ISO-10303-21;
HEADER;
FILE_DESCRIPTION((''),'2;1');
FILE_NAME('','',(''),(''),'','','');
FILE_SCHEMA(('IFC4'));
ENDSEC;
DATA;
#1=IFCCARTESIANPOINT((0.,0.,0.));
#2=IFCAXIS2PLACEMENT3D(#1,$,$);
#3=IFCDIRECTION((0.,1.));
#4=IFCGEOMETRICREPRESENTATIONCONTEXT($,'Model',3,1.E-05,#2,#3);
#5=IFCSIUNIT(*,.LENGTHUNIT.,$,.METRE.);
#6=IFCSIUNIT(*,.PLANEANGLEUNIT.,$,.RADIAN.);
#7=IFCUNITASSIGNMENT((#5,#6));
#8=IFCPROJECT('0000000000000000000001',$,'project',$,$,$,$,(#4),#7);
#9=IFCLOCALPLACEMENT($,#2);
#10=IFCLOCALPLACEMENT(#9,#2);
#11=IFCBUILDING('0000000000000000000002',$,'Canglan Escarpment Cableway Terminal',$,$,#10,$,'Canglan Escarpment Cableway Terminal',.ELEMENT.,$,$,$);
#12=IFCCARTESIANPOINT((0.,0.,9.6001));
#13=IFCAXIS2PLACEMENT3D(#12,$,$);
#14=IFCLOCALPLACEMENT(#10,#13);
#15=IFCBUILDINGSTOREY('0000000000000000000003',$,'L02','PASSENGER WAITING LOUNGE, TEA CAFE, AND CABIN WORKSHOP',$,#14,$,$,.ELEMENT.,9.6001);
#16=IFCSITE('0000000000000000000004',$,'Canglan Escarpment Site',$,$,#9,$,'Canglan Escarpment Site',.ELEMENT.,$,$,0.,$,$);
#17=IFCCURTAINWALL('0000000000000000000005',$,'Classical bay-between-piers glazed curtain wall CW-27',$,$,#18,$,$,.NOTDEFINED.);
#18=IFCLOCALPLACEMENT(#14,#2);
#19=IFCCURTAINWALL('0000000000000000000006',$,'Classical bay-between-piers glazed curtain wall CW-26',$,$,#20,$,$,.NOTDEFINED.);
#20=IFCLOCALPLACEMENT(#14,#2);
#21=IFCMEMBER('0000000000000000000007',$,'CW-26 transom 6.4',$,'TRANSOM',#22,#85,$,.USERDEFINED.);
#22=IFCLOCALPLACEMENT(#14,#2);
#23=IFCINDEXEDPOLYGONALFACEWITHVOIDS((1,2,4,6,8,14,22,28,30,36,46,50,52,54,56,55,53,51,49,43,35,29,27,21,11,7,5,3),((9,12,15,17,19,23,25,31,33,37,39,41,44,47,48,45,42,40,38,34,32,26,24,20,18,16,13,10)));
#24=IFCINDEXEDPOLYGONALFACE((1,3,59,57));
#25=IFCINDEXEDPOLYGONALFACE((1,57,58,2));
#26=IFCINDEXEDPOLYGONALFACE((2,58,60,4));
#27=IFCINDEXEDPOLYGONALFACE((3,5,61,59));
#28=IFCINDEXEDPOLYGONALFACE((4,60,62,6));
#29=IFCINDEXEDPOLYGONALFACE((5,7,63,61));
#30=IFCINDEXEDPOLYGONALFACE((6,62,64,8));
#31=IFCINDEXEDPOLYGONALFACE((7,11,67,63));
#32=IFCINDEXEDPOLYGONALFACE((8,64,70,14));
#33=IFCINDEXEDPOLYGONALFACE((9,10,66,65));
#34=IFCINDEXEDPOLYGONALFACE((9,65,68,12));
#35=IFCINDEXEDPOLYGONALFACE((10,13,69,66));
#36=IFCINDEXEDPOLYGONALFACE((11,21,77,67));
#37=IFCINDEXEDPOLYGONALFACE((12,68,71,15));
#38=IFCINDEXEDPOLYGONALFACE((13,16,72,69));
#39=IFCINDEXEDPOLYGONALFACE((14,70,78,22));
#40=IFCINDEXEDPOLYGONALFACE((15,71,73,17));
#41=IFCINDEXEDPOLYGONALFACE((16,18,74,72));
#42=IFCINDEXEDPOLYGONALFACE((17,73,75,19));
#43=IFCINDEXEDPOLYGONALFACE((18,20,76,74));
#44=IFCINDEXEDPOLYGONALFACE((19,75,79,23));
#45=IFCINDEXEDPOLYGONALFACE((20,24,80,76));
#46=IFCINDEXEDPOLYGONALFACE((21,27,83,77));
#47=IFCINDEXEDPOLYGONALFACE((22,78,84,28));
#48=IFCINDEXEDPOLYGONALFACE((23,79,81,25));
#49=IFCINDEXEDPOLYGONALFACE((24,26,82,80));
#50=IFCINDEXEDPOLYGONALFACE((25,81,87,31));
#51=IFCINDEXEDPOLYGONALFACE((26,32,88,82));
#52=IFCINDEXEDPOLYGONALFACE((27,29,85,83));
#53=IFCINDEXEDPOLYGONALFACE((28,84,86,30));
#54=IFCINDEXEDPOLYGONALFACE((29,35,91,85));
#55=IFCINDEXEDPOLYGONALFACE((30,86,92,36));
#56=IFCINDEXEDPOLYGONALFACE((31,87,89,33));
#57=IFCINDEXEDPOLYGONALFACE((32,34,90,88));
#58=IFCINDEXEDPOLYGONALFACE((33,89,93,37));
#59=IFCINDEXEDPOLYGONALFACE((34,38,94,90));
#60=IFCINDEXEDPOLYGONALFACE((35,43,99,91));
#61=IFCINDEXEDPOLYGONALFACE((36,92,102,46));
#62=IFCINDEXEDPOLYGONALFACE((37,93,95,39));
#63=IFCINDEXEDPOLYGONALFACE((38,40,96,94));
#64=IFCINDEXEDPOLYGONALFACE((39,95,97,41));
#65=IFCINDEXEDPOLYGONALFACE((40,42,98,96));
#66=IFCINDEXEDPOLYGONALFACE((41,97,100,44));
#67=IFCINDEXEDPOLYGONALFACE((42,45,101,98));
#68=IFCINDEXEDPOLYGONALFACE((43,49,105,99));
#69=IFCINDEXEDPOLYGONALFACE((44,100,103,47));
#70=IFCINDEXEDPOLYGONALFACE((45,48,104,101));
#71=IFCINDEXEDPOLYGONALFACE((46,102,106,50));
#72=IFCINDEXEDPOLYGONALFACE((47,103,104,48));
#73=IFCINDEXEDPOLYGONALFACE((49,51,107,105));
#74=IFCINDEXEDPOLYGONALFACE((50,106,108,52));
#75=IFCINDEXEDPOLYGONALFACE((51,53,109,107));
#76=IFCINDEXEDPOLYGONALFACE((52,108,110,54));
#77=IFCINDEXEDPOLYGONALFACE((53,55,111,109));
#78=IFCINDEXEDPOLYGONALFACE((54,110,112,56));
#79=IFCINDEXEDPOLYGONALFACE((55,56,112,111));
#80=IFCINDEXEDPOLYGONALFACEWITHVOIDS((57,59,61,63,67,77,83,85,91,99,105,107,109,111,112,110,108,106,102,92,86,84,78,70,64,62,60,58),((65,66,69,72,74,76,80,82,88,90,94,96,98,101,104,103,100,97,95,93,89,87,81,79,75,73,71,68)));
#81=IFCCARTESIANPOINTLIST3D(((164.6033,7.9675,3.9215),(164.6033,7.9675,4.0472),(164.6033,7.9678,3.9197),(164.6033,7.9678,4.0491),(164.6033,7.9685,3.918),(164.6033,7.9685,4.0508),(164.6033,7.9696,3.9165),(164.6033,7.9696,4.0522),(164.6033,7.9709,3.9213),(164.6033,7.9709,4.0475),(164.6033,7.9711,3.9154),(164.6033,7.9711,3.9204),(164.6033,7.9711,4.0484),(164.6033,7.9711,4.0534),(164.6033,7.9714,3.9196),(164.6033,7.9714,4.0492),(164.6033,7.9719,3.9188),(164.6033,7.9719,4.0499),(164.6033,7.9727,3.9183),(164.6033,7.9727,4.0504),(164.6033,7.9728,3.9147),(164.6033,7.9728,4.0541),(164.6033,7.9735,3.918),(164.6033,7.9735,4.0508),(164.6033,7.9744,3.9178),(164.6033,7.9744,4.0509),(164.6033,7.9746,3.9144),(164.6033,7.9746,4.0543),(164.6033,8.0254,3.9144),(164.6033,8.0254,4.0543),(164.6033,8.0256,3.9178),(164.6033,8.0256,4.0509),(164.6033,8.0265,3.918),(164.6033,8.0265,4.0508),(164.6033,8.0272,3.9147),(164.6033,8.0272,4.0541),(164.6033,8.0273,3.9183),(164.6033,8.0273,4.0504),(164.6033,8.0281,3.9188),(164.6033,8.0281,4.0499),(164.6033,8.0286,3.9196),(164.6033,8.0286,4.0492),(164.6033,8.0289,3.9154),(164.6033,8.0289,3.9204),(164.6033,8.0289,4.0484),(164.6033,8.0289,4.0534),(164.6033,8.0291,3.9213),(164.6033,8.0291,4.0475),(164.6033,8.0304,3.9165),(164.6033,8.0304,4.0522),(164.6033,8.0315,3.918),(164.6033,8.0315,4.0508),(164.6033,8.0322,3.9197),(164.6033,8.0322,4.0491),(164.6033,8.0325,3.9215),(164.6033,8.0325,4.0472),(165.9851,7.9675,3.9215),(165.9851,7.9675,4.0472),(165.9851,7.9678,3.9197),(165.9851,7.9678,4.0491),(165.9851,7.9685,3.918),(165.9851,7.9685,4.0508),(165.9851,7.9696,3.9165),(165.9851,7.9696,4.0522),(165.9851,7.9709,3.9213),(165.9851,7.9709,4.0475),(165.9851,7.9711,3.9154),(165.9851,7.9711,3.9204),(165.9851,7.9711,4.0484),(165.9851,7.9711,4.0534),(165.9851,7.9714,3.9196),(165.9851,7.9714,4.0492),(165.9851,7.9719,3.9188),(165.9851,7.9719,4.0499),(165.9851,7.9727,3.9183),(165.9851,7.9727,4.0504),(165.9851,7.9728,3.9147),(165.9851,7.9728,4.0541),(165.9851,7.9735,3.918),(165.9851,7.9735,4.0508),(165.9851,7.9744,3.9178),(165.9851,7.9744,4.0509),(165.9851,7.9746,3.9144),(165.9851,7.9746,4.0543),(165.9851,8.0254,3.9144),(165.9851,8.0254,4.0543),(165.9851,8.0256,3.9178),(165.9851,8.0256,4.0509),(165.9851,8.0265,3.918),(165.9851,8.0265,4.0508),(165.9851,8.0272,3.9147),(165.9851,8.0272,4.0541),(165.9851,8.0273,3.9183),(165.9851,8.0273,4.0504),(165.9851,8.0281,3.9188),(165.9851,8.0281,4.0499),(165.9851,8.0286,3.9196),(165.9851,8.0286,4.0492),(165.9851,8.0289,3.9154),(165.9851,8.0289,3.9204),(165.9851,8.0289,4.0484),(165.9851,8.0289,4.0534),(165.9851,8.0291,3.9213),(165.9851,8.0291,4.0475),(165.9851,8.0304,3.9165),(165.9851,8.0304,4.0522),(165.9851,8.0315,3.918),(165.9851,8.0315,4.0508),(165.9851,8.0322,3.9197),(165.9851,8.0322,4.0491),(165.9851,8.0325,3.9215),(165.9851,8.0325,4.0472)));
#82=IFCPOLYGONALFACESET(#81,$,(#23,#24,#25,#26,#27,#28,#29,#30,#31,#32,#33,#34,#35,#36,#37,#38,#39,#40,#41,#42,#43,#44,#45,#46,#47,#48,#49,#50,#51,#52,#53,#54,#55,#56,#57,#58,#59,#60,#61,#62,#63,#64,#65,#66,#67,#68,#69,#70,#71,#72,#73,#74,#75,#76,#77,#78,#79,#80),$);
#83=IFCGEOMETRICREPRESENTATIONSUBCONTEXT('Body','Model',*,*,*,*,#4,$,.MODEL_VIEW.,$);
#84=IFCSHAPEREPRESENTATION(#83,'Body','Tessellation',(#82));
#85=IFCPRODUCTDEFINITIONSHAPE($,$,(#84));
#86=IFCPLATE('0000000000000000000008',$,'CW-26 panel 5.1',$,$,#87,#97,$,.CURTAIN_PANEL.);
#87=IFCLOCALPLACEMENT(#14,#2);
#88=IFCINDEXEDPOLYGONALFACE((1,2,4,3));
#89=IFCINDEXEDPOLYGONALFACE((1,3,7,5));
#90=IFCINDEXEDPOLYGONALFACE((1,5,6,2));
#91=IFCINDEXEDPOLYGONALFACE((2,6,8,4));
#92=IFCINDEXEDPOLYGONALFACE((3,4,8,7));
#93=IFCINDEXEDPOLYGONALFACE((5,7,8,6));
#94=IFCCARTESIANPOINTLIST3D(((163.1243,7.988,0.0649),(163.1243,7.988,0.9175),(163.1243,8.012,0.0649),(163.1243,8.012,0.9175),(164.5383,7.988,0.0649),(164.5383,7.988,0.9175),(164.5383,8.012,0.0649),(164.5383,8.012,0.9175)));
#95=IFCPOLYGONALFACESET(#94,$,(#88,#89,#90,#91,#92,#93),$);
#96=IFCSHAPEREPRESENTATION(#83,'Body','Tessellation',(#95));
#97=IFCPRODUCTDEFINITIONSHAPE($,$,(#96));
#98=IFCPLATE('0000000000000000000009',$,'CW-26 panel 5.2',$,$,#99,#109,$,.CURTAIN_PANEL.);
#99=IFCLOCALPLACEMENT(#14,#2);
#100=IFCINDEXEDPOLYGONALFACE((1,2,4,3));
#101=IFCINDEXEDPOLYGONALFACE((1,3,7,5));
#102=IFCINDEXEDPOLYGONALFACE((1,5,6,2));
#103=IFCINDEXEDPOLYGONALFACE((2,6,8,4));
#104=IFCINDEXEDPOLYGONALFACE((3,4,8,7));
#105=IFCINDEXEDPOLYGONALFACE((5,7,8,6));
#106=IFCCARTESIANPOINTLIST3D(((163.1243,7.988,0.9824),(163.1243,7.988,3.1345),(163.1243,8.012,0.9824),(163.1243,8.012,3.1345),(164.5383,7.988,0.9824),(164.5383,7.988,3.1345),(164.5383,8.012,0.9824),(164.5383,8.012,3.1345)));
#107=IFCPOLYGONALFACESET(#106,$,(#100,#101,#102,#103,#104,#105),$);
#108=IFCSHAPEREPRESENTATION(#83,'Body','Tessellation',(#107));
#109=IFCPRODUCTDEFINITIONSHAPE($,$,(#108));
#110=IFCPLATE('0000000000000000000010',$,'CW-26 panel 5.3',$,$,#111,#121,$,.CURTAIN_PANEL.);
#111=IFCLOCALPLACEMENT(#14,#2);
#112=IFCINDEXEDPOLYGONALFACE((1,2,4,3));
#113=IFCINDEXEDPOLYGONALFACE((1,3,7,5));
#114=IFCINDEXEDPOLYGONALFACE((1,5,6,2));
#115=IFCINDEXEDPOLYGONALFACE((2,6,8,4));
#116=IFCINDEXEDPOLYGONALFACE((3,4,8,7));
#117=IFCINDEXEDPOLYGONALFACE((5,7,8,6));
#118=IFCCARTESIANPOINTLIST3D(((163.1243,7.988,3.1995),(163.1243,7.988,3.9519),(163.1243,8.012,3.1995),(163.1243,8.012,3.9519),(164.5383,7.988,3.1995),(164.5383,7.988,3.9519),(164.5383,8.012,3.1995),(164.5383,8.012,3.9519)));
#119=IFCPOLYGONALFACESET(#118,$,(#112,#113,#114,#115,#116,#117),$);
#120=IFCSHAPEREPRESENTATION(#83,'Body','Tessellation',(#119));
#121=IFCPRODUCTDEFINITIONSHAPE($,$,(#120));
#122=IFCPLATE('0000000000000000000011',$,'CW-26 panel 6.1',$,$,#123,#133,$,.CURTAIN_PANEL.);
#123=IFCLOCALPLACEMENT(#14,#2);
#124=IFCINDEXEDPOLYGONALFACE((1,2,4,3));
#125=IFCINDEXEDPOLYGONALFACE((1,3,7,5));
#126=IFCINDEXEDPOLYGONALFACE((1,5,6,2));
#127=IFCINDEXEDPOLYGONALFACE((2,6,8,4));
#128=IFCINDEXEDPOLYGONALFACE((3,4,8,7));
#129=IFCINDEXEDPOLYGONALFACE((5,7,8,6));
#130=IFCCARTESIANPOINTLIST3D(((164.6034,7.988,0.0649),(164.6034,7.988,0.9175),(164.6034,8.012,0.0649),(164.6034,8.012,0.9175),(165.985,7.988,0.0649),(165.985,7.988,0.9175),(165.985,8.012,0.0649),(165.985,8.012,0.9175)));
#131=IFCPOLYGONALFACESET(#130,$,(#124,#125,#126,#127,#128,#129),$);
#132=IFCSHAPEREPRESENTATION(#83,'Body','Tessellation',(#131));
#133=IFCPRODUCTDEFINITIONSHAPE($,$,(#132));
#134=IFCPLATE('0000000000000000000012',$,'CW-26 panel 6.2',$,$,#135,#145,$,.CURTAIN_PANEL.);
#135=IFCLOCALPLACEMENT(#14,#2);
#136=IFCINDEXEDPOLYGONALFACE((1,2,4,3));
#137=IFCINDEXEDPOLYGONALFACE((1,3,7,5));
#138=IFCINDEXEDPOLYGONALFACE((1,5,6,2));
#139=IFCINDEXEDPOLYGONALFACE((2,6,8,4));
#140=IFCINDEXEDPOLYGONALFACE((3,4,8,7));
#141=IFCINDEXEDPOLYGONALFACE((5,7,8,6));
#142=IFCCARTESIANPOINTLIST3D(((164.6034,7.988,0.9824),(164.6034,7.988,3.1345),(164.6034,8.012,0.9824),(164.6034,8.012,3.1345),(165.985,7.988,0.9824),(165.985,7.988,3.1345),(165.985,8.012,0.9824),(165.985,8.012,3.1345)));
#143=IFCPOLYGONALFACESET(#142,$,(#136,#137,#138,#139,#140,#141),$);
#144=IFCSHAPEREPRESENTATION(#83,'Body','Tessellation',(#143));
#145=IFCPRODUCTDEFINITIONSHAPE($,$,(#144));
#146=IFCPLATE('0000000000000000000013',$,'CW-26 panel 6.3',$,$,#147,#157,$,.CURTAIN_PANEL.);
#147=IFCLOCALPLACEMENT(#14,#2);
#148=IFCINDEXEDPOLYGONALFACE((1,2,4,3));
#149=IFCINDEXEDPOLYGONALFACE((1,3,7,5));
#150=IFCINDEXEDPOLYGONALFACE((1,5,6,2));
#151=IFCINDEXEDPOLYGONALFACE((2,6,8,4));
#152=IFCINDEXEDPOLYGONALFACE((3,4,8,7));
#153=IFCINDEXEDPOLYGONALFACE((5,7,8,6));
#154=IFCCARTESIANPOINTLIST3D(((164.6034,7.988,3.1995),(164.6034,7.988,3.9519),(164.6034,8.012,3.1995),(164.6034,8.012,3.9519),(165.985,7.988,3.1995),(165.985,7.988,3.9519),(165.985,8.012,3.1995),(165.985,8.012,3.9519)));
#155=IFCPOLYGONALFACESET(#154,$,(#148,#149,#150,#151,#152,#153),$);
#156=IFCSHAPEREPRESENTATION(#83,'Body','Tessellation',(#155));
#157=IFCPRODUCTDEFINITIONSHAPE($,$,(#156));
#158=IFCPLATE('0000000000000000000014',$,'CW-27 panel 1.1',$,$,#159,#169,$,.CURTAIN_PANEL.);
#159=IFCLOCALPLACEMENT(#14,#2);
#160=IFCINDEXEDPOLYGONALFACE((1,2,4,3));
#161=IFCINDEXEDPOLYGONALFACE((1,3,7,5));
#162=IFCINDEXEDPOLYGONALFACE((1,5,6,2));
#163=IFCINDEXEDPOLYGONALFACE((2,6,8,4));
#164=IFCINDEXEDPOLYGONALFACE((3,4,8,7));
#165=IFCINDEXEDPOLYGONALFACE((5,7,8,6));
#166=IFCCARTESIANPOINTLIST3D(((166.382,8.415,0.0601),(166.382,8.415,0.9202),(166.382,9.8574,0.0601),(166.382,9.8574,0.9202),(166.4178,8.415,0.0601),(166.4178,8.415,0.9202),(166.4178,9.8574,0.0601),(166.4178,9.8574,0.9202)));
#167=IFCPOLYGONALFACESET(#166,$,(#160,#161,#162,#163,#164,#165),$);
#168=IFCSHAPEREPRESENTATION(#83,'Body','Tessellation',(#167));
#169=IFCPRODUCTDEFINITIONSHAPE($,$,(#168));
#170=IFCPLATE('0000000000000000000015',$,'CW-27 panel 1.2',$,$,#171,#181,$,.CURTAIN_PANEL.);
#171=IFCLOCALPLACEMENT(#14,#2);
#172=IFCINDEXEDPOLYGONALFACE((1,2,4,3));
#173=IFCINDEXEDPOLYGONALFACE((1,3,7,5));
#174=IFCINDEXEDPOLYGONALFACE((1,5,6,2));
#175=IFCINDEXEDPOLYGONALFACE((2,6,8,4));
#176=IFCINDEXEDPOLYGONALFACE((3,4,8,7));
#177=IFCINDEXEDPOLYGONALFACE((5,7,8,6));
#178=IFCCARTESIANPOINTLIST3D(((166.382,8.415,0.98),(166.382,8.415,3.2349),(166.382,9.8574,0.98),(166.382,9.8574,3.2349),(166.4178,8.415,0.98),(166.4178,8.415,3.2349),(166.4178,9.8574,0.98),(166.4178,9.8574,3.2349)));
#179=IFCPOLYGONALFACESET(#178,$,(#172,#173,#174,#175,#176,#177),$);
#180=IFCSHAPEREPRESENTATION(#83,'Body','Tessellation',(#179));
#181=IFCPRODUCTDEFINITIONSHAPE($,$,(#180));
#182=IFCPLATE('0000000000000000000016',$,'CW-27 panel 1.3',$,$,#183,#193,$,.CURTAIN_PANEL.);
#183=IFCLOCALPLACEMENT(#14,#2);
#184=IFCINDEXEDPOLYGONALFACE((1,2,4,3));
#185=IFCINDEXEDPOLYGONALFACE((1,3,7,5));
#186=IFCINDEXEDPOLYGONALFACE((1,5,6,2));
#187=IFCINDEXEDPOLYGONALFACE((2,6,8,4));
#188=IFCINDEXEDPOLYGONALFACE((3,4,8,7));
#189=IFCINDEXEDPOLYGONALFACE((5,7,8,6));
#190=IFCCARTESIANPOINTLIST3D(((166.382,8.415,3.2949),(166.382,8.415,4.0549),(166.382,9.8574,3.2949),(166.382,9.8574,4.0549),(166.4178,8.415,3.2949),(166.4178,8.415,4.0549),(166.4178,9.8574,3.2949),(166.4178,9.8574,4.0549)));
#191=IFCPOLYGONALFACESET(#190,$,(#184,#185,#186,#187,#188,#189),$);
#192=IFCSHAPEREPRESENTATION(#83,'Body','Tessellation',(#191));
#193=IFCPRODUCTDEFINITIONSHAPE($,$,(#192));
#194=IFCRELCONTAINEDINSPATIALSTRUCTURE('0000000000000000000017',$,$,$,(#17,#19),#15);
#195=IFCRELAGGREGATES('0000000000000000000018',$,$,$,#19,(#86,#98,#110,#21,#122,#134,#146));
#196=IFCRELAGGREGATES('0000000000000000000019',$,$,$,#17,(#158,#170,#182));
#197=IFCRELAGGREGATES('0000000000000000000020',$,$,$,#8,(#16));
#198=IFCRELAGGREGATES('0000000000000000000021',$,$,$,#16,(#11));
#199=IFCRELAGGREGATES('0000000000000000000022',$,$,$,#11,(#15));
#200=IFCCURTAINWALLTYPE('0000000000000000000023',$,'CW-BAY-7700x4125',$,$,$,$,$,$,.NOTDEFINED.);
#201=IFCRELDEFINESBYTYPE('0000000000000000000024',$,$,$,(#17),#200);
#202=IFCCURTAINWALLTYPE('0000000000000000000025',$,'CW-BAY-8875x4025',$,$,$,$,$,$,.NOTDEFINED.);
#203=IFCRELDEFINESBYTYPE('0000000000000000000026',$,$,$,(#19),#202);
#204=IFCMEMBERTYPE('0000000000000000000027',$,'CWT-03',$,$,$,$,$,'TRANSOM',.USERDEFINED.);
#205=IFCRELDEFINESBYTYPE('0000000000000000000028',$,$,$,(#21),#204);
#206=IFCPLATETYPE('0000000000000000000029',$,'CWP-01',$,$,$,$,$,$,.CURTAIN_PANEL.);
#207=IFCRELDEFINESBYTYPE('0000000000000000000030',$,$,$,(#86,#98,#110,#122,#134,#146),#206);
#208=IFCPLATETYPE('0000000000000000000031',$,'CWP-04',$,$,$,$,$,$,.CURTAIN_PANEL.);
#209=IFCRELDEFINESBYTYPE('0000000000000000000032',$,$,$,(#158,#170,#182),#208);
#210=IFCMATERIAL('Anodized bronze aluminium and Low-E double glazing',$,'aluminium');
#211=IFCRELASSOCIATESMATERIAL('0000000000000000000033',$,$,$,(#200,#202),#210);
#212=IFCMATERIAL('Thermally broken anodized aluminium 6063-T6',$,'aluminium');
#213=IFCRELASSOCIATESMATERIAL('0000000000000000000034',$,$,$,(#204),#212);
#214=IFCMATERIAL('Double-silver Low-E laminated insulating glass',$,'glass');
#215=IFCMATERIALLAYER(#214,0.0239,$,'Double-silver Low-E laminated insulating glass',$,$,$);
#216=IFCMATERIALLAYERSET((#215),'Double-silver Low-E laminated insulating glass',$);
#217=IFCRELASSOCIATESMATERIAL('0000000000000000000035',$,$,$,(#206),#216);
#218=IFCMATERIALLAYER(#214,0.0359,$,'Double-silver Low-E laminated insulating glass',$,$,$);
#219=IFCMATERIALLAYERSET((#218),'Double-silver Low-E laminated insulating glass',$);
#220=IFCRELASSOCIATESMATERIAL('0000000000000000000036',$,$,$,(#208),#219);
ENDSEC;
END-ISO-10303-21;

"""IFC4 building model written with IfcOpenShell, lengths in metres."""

from ifc_helpers import new_model, si_unit, direction, frame, origin, origin_2d, place, context, subcontext, project, spatial, rectangle, hollow_rectangle, extrude, material, layer, layer_set, material_profile, profile_set, type_object, element, aggregate, save


model = new_model("IFC4")

# Units and contexts
model_context = context("Model", 3, precision=1e-05, world=origin(), true_north=direction((0.0, 1.0)))
body_context = subcontext(model_context, "Body", "Model", "MODEL_VIEW")
ifc_project = project(units=[si_unit("LENGTHUNIT", "METRE"), si_unit("PLANEANGLEUNIT", "RADIAN")], contexts=[model_context])

# Site, building, storey
site_placement = place(None, origin())
site = spatial("IfcSite", under=ifc_project, at=site_placement, Name="Canglan Escarpment Site", LongName="Canglan Escarpment Site", CompositionType="ELEMENT", RefElevation=0.0)
building_placement = place(site_placement, origin())
building = spatial("IfcBuilding", under=site, at=building_placement, Name="Canglan Escarpment Cableway Terminal", LongName="Canglan Escarpment Cableway Terminal", CompositionType="ELEMENT")
storey_placement = place(building_placement, frame((0.0, 0.0, 9.6001)))
storey = spatial("IfcBuildingStorey", under=building, at=storey_placement, Name="L02", Description="PASSENGER WAITING LOUNGE, TEA CAFE, AND CABIN WORKSHOP", CompositionType="ELEMENT", Elevation=9.6001)

# Curtain walls
ifc_material_1 = material(Name="Anodized bronze aluminium and Low-E double glazing", Category="aluminium")
curtain_wall_type_1 = type_object("IfcCurtainWallType", Name="CW-BAY-7700x4125", PredefinedType="NOTDEFINED", material=ifc_material_1)
curtain_wall_1_placement = place(storey_placement, origin())
curtain_wall_1 = element("IfcCurtainWall", 1, at=curtain_wall_1_placement, inside=storey, type_object=curtain_wall_type_1, Name="Classical bay-between-piers glazed curtain wall CW-27", PredefinedType="NOTDEFINED")
ifc_material_2 = material(Name="Thermally broken anodized aluminium 6063-T6", Category="aluminium")
curtain_wall_type_2 = type_object("IfcCurtainWallType", Name="CW-BAY-8875x4025", PredefinedType="NOTDEFINED", material=ifc_material_1)
curtain_wall_2_placement = place(storey_placement, origin())
curtain_wall_2 = element("IfcCurtainWall", 2, at=curtain_wall_2_placement, inside=storey, type_object=curtain_wall_type_2, Name="Classical bay-between-piers glazed curtain wall CW-26", PredefinedType="NOTDEFINED")

# Member
ifc_material_profile_1 = material_profile(ifc_material_2, hollow_rectangle(XDim=0.0649, YDim=0.1399, WallThickness=0.0034, InnerFilletRadius=0.0034, OuterFilletRadius=0.0071, at=origin_2d()), Name="ALU-TRAN 65x140x3.5")
ifc_profile_set_1 = profile_set([ifc_material_profile_1], Name="Thermally broken anodized aluminium 6063-T6")
member_type_1 = type_object("IfcMemberType", Name="CWT-03", ElementType="TRANSOM", PredefinedType="USERDEFINED", material=ifc_profile_set_1)
member_1_placement = place(storey_placement, frame((164.6033, 8.0, 3.9844), z_axis=(1.0, 0.0, 0.0), x_axis=(0.0, 1.0, 0.0)))
member_1 = element("IfcMember", 3, at=member_1_placement, type_object=member_type_1, Name="CW-26 transom 6.4", ObjectType="TRANSOM", PredefinedType="USERDEFINED", context=body_context, shape_type="SweptSolid", body=[
    extrude(hollow_rectangle(XDim=0.0649, YDim=0.1399, WallThickness=0.0034, InnerFilletRadius=0.0034, OuterFilletRadius=0.0071, at=origin_2d()), origin(), (0.0, 0.0, 1.0), 1.3818),
])

# Plates
ifc_material_3 = material(Name="Double-silver Low-E laminated insulating glass", Category="glass")
ifc_layer_1 = layer(ifc_material_3, 0.0239, Name="Double-silver Low-E laminated insulating glass")
ifc_layer_set_1 = layer_set([ifc_layer_1], Name="Double-silver Low-E laminated insulating glass")
plate_type_1 = type_object("IfcPlateType", Name="CWP-01", PredefinedType="CURTAIN_PANEL", material=ifc_layer_set_1)
plate_1_placement = place(storey_placement, frame((163.8313, 8.0, 0.0649), z_axis=(0.0, 0.0, 1.0), x_axis=(1.0, 0.0, 0.0)))
plate_1 = element("IfcPlate", 4, at=plate_1_placement, type_object=plate_type_1, Name="CW-26 panel 5.1", PredefinedType="CURTAIN_PANEL", context=body_context, shape_type="SweptSolid", body=[
    extrude(rectangle(XDim=1.4141, YDim=0.0239, at=origin_2d()), origin(), (0.0, 0.0, 1.0), 0.8525),
])
plate_2_placement = place(storey_placement, frame((163.8313, 8.0, 0.9824), z_axis=(0.0, 0.0, 1.0), x_axis=(1.0, 0.0, 0.0)))
plate_2 = element("IfcPlate", 5, at=plate_2_placement, type_object=plate_type_1, Name="CW-26 panel 5.2", PredefinedType="CURTAIN_PANEL", context=body_context, shape_type="SweptSolid", body=[
    extrude(rectangle(XDim=1.4141, YDim=0.0239, at=origin_2d()), origin(), (0.0, 0.0, 1.0), 2.1521),
])
plate_3_placement = place(storey_placement, frame((163.8313, 8.0, 3.1995), z_axis=(0.0, 0.0, 1.0), x_axis=(1.0, 0.0, 0.0)))
plate_3 = element("IfcPlate", 6, at=plate_3_placement, type_object=plate_type_1, Name="CW-26 panel 5.3", PredefinedType="CURTAIN_PANEL", context=body_context, shape_type="SweptSolid", body=[
    extrude(rectangle(XDim=1.4141, YDim=0.0239, at=origin_2d()), origin(), (0.0, 0.0, 1.0), 0.7524),
])
plate_4_placement = place(storey_placement, frame((165.2942, 8.0, 0.0649), z_axis=(0.0, 0.0, 1.0), x_axis=(1.0, 0.0, 0.0)))
plate_4 = element("IfcPlate", 7, at=plate_4_placement, type_object=plate_type_1, Name="CW-26 panel 6.1", PredefinedType="CURTAIN_PANEL", context=body_context, shape_type="SweptSolid", body=[
    extrude(rectangle(XDim=1.3816, YDim=0.0239, at=origin_2d()), origin(), (0.0, 0.0, 1.0), 0.8525),
])
plate_5_placement = place(storey_placement, frame((165.2942, 8.0, 0.9824), z_axis=(0.0, 0.0, 1.0), x_axis=(1.0, 0.0, 0.0)))
plate_5 = element("IfcPlate", 8, at=plate_5_placement, type_object=plate_type_1, Name="CW-26 panel 6.2", PredefinedType="CURTAIN_PANEL", context=body_context, shape_type="SweptSolid", body=[
    extrude(rectangle(XDim=1.3816, YDim=0.0239, at=origin_2d()), origin(), (0.0, 0.0, 1.0), 2.1521),
])
plate_6_placement = place(storey_placement, frame((165.2942, 8.0, 3.1995), z_axis=(0.0, 0.0, 1.0), x_axis=(1.0, 0.0, 0.0)))
plate_6 = element("IfcPlate", 9, at=plate_6_placement, type_object=plate_type_1, Name="CW-26 panel 6.3", PredefinedType="CURTAIN_PANEL", context=body_context, shape_type="SweptSolid", body=[
    extrude(rectangle(XDim=1.3816, YDim=0.0239, at=origin_2d()), origin(), (0.0, 0.0, 1.0), 0.7524),
])
aggregate(curtain_wall_2, [plate_1, plate_2, plate_3, member_1, plate_4, plate_5, plate_6])
ifc_layer_2 = layer(ifc_material_3, 0.0359, Name="Double-silver Low-E laminated insulating glass")
ifc_layer_set_2 = layer_set([ifc_layer_2], Name="Double-silver Low-E laminated insulating glass")
plate_type_2 = type_object("IfcPlateType", Name="CWP-04", PredefinedType="CURTAIN_PANEL", material=ifc_layer_set_2)
plate_7_placement = place(storey_placement, frame((166.3999, 9.1362, 0.0601), z_axis=(0.0, 0.0, 1.0), x_axis=(0.0, 1.0, 0.0)))
plate_7 = element("IfcPlate", 10, at=plate_7_placement, type_object=plate_type_2, Name="CW-27 panel 1.1", PredefinedType="CURTAIN_PANEL", context=body_context, shape_type="SweptSolid", body=[
    extrude(rectangle(XDim=1.4424, YDim=0.0359, at=origin_2d()), origin(), (0.0, 0.0, 1.0), 0.8601),
])
plate_8_placement = place(storey_placement, frame((166.3999, 9.1362, 0.98), z_axis=(0.0, 0.0, 1.0), x_axis=(0.0, 1.0, 0.0)))
plate_8 = element("IfcPlate", 11, at=plate_8_placement, type_object=plate_type_2, Name="CW-27 panel 1.2", PredefinedType="CURTAIN_PANEL", context=body_context, shape_type="SweptSolid", body=[
    extrude(rectangle(XDim=1.4424, YDim=0.0359, at=origin_2d()), origin(), (0.0, 0.0, 1.0), 2.2549),
])
plate_9_placement = place(storey_placement, frame((166.3999, 9.1362, 3.2949), z_axis=(0.0, 0.0, 1.0), x_axis=(0.0, 1.0, 0.0)))
plate_9 = element("IfcPlate", 12, at=plate_9_placement, type_object=plate_type_2, Name="CW-27 panel 1.3", PredefinedType="CURTAIN_PANEL", context=body_context, shape_type="SweptSolid", body=[
    extrude(rectangle(XDim=1.4424, YDim=0.0359, at=origin_2d()), origin(), (0.0, 0.0, 1.0), 0.76),
])
aggregate(curtain_wall_1, [plate_7, plate_8, plate_9])

save(model, "model.ifc")
